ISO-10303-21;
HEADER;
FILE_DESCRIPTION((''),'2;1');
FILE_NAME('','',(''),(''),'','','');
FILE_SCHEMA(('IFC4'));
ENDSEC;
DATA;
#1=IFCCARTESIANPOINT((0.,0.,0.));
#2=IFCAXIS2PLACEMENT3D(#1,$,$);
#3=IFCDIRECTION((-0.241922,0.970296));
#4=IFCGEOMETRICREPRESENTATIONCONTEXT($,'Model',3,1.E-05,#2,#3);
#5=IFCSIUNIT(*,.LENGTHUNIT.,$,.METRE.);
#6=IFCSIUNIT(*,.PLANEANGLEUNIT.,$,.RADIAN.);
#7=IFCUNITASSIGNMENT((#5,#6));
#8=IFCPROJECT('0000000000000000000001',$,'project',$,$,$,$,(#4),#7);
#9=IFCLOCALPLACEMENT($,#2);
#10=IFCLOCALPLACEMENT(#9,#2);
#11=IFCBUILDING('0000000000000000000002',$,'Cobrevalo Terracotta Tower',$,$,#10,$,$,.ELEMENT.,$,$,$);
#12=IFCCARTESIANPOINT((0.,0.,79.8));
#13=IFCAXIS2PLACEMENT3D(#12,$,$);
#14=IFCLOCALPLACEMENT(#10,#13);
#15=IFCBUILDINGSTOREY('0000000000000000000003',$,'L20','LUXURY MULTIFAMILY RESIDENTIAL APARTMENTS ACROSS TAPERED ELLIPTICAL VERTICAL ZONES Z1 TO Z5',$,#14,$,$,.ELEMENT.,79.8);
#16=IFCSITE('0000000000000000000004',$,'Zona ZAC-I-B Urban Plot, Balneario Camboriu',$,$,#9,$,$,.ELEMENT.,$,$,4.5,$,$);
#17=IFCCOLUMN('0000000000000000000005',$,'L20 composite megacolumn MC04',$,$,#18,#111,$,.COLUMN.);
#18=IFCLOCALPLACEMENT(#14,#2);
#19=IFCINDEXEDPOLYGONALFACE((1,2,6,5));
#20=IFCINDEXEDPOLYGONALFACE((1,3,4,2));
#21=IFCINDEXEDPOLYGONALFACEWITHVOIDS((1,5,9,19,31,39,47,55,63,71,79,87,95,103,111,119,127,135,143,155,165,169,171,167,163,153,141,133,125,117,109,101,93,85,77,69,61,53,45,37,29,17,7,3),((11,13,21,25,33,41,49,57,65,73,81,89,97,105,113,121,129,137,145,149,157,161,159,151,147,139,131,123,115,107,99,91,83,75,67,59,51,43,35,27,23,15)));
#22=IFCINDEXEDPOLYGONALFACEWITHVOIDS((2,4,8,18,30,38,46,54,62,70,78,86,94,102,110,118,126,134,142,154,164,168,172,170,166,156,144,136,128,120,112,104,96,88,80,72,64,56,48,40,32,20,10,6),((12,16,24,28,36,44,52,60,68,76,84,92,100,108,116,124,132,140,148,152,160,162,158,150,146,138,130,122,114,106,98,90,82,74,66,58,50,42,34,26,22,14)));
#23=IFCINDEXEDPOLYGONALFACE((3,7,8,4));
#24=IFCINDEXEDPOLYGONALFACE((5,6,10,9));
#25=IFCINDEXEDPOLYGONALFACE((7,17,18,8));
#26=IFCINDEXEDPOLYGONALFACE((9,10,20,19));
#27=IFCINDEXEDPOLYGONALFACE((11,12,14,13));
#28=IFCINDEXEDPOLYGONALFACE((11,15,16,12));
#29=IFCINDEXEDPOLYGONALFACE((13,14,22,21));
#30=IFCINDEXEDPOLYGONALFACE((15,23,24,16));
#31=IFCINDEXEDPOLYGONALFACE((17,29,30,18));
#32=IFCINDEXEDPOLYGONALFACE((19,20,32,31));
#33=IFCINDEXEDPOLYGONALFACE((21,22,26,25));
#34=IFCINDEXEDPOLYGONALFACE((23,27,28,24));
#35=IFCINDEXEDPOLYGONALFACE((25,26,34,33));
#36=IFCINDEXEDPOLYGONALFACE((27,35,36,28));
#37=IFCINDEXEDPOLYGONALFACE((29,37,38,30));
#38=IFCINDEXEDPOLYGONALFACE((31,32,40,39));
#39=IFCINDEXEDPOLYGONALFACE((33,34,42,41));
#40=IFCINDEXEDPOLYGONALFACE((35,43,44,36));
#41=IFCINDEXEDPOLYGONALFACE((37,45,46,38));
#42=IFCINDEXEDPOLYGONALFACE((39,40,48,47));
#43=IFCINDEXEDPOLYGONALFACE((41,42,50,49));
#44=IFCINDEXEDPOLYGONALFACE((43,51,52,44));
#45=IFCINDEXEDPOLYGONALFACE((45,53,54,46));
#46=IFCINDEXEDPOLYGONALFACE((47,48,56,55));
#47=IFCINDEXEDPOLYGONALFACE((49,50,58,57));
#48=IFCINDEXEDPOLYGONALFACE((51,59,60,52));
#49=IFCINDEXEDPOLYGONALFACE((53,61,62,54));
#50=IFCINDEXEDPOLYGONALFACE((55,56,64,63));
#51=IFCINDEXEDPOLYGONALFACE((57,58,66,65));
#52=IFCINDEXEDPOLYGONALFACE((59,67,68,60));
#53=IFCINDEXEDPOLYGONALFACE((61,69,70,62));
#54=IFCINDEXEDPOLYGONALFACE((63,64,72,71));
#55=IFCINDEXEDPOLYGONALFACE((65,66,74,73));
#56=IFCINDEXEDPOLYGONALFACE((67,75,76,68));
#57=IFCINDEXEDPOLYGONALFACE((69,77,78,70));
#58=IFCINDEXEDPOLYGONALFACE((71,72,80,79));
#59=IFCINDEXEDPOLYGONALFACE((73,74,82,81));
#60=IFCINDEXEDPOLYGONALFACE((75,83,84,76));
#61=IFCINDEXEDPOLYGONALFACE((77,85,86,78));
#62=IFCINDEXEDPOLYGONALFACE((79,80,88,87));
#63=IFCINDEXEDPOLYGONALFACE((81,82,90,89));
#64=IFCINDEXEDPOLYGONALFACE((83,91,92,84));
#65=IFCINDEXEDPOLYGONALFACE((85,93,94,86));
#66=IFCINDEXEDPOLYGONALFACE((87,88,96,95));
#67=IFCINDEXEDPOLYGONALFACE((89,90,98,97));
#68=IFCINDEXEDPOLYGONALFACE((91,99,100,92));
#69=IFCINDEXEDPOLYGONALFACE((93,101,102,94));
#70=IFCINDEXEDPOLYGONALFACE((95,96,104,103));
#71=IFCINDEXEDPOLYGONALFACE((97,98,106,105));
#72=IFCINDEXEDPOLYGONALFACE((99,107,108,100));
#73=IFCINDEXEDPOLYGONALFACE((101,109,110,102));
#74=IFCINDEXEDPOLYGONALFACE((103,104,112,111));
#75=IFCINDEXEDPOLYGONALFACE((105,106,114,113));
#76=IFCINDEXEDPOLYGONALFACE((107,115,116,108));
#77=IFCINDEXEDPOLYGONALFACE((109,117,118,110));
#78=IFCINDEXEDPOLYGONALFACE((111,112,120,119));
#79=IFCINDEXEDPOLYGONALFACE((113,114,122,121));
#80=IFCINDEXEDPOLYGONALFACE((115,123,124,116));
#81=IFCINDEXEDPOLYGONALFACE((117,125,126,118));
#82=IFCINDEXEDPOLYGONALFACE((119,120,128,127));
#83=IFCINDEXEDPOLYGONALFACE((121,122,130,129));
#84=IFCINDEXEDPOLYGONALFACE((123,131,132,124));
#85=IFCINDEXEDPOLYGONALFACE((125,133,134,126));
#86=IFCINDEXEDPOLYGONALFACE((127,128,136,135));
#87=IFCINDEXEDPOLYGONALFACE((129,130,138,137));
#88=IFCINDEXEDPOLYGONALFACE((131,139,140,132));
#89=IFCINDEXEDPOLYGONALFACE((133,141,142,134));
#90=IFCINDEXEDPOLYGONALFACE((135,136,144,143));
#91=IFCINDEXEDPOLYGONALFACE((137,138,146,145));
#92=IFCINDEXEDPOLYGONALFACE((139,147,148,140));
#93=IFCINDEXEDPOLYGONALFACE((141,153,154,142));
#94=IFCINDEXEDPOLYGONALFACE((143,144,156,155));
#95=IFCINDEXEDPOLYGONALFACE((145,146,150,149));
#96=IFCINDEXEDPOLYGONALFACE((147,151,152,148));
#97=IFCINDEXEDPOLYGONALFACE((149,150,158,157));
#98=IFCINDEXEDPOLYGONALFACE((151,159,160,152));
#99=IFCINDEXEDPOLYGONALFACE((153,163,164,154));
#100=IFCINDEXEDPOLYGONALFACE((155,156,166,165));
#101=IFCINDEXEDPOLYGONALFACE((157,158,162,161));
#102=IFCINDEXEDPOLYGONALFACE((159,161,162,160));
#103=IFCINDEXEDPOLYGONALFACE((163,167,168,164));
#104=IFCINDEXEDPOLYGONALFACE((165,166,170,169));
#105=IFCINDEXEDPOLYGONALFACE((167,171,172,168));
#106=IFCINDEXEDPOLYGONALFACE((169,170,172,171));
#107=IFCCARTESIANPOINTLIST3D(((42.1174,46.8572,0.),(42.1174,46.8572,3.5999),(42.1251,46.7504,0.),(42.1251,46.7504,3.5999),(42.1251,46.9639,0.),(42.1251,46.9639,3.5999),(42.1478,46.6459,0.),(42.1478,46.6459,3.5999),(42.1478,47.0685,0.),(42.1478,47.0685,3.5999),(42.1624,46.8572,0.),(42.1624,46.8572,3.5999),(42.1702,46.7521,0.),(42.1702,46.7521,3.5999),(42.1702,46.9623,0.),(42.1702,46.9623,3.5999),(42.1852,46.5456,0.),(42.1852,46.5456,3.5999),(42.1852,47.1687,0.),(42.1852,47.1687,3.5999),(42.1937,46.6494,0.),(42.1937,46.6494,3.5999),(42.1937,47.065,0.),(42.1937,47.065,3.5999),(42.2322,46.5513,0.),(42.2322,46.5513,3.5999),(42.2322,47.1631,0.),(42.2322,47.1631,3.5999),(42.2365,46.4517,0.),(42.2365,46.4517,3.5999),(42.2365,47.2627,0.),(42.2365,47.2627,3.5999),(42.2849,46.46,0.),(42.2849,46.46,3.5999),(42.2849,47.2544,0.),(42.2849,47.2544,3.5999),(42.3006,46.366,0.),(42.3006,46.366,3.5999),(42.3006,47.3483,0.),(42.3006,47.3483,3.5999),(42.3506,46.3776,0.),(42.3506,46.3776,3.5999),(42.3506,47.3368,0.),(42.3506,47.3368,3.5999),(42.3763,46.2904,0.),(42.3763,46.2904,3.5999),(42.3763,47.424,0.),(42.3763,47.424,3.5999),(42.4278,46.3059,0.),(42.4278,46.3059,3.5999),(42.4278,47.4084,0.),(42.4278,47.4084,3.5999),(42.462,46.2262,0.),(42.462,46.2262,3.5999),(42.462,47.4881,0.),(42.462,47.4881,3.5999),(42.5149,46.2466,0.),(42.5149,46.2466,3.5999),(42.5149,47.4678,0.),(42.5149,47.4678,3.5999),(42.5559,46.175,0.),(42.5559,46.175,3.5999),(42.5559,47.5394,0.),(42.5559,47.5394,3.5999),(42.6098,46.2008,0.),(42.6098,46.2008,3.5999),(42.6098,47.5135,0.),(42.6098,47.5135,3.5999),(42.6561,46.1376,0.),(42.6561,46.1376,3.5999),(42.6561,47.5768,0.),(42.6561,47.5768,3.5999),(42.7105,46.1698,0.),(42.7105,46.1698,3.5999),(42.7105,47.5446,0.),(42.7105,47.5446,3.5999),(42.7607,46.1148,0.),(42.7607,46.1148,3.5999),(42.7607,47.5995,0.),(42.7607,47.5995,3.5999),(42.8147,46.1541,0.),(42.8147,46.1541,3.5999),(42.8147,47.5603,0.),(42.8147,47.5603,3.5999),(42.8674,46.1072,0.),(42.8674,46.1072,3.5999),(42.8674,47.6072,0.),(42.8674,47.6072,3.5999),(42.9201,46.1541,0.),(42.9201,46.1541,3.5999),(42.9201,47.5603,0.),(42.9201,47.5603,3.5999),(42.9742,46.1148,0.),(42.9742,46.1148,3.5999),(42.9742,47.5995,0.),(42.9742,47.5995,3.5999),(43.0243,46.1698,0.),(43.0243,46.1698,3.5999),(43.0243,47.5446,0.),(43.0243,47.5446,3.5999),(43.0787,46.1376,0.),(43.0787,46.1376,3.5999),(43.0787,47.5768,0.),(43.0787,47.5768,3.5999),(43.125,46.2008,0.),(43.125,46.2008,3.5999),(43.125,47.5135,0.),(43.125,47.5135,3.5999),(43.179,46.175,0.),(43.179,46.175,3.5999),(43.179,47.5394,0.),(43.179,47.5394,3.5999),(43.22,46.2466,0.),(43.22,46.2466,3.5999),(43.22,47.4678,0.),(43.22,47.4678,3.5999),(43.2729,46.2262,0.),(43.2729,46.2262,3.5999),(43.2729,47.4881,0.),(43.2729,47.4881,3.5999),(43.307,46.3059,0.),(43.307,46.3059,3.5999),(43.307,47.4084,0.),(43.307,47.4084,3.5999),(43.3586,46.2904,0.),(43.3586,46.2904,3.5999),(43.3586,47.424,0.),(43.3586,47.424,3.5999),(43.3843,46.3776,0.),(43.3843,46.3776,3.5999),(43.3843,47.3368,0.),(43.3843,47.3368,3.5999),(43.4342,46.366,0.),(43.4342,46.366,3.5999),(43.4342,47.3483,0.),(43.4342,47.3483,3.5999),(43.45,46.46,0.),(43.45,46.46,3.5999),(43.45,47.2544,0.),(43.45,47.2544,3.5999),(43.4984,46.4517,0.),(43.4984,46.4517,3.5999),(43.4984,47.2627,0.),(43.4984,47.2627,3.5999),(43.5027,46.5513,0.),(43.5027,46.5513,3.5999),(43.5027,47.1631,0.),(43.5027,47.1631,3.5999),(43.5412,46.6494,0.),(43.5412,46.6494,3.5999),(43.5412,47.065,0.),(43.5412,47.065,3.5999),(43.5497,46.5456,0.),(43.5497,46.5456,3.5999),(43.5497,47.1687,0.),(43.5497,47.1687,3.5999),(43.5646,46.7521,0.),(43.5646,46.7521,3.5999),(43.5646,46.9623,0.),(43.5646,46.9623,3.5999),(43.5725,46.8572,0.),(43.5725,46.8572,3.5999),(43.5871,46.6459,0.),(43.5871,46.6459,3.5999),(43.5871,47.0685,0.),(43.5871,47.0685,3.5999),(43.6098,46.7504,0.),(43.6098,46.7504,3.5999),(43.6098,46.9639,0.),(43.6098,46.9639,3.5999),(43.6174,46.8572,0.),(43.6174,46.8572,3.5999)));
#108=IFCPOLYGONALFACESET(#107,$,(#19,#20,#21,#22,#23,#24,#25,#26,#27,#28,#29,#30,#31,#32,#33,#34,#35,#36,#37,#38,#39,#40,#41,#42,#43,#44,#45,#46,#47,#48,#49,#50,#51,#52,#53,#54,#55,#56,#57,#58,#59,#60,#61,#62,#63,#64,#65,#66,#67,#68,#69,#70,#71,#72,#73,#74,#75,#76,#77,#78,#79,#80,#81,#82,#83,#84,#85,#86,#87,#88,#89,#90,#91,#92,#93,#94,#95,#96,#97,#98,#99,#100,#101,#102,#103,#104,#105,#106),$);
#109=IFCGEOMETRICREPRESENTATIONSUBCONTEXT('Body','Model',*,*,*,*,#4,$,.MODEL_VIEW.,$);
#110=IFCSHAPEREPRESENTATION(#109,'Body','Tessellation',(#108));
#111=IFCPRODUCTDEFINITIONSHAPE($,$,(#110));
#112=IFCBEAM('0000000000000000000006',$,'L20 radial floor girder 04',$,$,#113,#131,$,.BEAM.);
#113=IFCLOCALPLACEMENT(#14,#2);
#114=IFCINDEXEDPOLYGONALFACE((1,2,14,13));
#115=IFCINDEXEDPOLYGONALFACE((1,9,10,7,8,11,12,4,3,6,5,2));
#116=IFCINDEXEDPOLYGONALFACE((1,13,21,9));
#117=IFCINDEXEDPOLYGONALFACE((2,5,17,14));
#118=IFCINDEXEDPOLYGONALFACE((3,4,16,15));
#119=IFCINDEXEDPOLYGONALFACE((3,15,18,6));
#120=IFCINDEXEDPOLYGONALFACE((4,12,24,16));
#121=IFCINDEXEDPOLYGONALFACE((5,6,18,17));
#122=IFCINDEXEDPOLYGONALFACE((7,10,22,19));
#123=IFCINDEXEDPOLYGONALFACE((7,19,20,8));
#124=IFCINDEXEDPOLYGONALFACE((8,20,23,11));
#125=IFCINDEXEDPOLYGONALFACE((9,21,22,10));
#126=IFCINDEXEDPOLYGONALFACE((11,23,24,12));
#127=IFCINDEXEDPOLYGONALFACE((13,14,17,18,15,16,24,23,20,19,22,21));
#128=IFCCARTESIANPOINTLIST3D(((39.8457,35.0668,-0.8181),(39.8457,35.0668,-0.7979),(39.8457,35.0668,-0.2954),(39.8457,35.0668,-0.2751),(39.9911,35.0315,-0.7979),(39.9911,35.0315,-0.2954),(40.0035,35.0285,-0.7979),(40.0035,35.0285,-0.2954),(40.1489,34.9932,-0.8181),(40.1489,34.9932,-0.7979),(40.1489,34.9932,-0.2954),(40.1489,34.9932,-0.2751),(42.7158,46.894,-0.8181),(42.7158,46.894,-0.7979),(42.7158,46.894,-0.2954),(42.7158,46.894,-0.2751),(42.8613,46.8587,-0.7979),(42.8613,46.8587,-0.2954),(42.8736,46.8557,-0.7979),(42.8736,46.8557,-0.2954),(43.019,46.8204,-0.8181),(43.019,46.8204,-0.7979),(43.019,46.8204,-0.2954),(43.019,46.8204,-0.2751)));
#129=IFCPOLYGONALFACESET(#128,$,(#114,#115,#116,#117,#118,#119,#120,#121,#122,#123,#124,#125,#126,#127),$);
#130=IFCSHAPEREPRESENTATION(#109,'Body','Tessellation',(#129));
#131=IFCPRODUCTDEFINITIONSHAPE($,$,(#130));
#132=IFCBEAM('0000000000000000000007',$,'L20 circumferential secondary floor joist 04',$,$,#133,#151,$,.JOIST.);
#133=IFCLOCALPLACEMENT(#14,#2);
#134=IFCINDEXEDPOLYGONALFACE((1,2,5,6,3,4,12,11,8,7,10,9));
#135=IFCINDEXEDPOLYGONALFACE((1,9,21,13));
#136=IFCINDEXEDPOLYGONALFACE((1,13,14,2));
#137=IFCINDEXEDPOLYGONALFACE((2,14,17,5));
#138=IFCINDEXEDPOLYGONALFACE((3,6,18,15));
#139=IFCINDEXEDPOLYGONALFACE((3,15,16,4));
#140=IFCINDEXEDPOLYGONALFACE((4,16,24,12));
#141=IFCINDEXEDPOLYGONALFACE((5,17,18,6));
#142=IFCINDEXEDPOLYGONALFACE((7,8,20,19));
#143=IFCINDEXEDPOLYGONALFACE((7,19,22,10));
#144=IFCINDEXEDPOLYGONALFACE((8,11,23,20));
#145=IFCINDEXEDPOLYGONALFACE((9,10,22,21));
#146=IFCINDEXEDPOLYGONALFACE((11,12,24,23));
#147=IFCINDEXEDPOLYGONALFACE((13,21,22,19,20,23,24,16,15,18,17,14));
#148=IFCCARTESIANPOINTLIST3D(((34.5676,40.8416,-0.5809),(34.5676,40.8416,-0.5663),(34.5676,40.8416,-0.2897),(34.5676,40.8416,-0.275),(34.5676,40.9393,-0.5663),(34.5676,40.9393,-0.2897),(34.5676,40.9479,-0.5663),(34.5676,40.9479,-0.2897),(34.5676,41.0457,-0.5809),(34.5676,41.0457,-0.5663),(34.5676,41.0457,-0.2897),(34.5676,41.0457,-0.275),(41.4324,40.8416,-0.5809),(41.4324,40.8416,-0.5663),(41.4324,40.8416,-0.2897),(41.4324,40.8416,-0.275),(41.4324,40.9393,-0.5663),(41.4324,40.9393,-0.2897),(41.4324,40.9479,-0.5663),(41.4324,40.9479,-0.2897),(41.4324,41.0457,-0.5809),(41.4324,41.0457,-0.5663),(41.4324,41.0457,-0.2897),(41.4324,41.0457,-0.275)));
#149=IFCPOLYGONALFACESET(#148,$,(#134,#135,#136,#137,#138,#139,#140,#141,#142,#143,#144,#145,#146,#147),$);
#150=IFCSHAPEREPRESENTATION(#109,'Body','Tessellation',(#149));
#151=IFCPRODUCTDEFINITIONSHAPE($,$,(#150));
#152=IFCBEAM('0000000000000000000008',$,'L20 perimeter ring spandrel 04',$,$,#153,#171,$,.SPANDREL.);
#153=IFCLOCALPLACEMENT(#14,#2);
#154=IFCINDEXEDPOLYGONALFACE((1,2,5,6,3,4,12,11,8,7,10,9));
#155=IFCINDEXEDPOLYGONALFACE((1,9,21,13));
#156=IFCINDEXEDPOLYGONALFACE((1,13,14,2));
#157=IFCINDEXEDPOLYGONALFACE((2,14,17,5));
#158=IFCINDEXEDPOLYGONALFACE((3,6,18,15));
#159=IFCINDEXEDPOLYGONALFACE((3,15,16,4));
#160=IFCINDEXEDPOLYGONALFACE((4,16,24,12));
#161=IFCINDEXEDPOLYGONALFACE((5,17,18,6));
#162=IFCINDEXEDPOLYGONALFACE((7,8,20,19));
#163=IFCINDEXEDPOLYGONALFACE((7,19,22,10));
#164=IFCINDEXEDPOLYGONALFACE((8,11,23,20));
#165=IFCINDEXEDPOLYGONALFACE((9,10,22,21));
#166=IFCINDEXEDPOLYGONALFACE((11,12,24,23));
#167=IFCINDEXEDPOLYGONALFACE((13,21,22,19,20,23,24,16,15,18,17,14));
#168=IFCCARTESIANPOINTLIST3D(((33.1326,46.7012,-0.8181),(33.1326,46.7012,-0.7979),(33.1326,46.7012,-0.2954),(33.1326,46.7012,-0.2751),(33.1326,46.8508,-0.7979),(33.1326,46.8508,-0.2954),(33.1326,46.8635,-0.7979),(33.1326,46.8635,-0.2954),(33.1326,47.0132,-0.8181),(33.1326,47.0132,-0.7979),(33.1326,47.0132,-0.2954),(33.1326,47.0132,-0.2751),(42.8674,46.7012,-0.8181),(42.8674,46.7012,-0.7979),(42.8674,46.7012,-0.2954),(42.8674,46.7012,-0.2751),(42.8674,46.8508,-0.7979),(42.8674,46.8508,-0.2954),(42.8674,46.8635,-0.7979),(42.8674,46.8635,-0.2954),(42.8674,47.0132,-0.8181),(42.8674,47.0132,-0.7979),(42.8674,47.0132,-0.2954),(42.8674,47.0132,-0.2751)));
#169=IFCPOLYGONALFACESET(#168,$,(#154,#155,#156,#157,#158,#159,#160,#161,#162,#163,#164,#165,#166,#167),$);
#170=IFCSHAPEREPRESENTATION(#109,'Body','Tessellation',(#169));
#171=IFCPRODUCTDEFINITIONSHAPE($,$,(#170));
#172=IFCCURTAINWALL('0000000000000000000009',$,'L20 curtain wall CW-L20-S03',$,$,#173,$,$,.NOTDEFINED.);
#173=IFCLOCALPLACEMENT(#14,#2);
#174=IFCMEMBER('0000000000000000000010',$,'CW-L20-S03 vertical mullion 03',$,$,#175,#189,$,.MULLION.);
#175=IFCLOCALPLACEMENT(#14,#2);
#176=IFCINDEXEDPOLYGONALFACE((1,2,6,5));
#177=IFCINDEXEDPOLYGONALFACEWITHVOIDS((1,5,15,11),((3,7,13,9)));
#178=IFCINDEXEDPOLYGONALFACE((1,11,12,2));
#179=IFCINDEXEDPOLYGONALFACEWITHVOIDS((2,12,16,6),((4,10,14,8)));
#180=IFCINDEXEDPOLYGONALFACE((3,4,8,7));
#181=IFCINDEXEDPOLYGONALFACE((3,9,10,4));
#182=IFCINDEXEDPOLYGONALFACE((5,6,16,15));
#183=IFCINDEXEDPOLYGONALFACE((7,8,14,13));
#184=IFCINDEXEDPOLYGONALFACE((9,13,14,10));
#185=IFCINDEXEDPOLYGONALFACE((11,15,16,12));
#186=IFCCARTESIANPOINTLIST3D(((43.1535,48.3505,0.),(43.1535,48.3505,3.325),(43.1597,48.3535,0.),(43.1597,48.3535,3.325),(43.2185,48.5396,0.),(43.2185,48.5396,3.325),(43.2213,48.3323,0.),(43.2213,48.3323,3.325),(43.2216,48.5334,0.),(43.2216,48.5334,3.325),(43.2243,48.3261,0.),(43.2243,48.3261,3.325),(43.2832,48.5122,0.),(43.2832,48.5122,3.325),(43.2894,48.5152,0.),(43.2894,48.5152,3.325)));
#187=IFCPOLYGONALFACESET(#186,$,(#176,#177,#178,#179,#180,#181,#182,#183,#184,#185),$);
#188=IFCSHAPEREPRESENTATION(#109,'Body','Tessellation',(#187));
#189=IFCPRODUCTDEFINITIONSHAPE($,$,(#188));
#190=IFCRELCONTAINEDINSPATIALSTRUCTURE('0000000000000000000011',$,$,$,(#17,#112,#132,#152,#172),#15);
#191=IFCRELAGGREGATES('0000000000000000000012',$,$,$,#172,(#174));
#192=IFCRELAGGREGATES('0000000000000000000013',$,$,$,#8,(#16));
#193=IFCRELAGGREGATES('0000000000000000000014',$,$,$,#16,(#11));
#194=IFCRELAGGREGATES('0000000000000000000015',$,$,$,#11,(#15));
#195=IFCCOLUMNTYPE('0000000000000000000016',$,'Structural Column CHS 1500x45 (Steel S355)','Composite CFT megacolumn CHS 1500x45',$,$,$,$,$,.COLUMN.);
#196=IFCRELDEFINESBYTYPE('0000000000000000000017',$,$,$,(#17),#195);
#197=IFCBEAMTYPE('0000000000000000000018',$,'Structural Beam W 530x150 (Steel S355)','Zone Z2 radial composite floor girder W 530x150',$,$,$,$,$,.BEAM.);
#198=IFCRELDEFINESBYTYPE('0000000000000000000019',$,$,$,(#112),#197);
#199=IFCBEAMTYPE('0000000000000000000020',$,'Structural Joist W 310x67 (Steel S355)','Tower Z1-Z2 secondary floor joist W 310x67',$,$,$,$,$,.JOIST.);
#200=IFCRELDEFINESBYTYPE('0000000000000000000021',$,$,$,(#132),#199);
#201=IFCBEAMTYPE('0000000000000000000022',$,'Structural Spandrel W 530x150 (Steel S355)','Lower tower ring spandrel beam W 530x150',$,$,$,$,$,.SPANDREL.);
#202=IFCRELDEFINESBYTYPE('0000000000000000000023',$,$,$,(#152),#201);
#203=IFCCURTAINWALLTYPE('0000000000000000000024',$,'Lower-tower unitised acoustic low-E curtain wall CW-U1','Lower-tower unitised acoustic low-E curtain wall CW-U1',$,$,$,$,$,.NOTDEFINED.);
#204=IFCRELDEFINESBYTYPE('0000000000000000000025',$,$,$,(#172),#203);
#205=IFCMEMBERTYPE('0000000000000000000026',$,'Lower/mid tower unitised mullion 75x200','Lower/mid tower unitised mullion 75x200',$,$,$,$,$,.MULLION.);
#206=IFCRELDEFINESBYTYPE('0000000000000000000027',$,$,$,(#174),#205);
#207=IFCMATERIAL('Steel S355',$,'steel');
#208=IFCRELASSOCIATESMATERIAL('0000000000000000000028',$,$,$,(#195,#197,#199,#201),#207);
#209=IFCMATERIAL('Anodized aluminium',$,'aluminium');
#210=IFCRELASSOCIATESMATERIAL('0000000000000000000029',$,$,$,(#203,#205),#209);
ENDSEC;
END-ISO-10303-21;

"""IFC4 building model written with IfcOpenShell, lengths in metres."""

from ifc_helpers import new_model, si_unit, direction, frame, origin, origin_2d, place, context, subcontext, project, spatial, hollow_rectangle, hollow_circle, i_section, extrude, source, transform, mapped, material, material_profile, profile_set, type_object, element, aggregate, save


model = new_model("IFC4")

# Units and contexts
model_context = context("Model", 3, precision=1e-05, world=origin(), true_north=direction((-0.241922, 0.970296)))
body_context = subcontext(model_context, "Body", "Model", "MODEL_VIEW")
ifc_project = project(units=[si_unit("LENGTHUNIT", "METRE"), si_unit("PLANEANGLEUNIT", "RADIAN")], contexts=[model_context])

# Site, building, storey
site_placement = place(None, origin())
site = spatial("IfcSite", under=ifc_project, at=site_placement, Name="Zona ZAC-I-B Urban Plot, Balneario Camboriu", CompositionType="ELEMENT", RefElevation=4.5)
building_placement = place(site_placement, origin())
building = spatial("IfcBuilding", under=site, at=building_placement, Name="Cobrevalo Terracotta Tower", CompositionType="ELEMENT")
storey_placement = place(building_placement, frame((0.0, 0.0, 79.8)))
storey = spatial("IfcBuildingStorey", under=building, at=storey_placement, Name="L20", Description="LUXURY MULTIFAMILY RESIDENTIAL APARTMENTS ACROSS TAPERED ELLIPTICAL VERTICAL ZONES Z1 TO Z5", CompositionType="ELEMENT", Elevation=79.8)

# Column
ifc_material_1 = material(Name="Steel S355", Category="steel")
ifc_material_profile_1 = material_profile(ifc_material_1, hollow_circle(Radius=0.75, WallThickness=0.0449, at=origin_2d()), Name="CHS 1500x45")
ifc_profile_set_1 = profile_set([ifc_material_profile_1], Name="Steel S355")
column_type = type_object("IfcColumnType", Name="Structural Column CHS 1500x45 (Steel S355)", Description="Composite CFT megacolumn CHS 1500x45", PredefinedType="COLUMN", material=ifc_profile_set_1)
column_placement = place(storey_placement, frame((42.8674, 46.8572, 0.0), z_axis=(0.0, 0.0, 1.0), x_axis=(1.0, 0.0, 0.0)))
element("IfcColumn", 1, at=column_placement, inside=storey, type_object=column_type, Name="L20 composite megacolumn MC04", PredefinedType="COLUMN", context=body_context, shape_type="SweptSolid", body=[
    extrude(hollow_circle(Radius=0.75, WallThickness=0.0449, at=origin_2d()), origin(), (0.0, 0.0, 1.0), 3.5999),
])

# Beams
ifc_material_profile_2 = material_profile(ifc_material_1, i_section(OverallWidth=0.312, OverallDepth=0.543, WebThickness=0.0127, FlangeThickness=0.0203, at=origin_2d()), Name="W 530x150")
ifc_profile_set_2 = profile_set([ifc_material_profile_2], Name="Steel S355")
beam_type_1 = type_object("IfcBeamType", Name="Structural Beam W 530x150 (Steel S355)", Description="Zone Z2 radial composite floor girder W 530x150", PredefinedType="BEAM", material=ifc_profile_set_2)
beam_1_placement = place(storey_placement, frame((42.8674, 46.8572, -0.5466), z_axis=(-0.235827, -0.971795, 0.0), x_axis=(0.971795, -0.235827, 0.0)))
element("IfcBeam", 2, at=beam_1_placement, inside=storey, type_object=beam_type_1, Name="L20 radial floor girder 04", PredefinedType="BEAM", context=body_context, shape_type="SweptSolid", body=[
    extrude(i_section(OverallWidth=0.312, OverallDepth=0.543, WebThickness=0.0127, FlangeThickness=0.0203, at=origin_2d()), origin(), (0.0, 0.0, 1.0), 12.1704),
])
ifc_material_profile_3 = material_profile(ifc_material_1, i_section(OverallWidth=0.2041, OverallDepth=0.3059, WebThickness=0.0085, FlangeThickness=0.0146, at=origin_2d()), Name="W 310x67")
ifc_profile_set_3 = profile_set([ifc_material_profile_3], Name="Steel S355")
beam_type_2 = type_object("IfcBeamType", Name="Structural Joist W 310x67 (Steel S355)", Description="Tower Z1-Z2 secondary floor joist W 310x67", PredefinedType="JOIST", material=ifc_profile_set_3)
beam_2_placement = place(storey_placement, frame((41.4324, 40.9436, -0.428), z_axis=(-1.0, 0.0, 0.0), x_axis=(0.0, -1.0, 0.0)))
element("IfcBeam", 3, at=beam_2_placement, inside=storey, type_object=beam_type_2, Name="L20 circumferential secondary floor joist 04", PredefinedType="JOIST", context=body_context, shape_type="SweptSolid", body=[
    extrude(i_section(OverallWidth=0.2041, OverallDepth=0.3059, WebThickness=0.0085, FlangeThickness=0.0146, at=origin_2d()), origin(), (0.0, 0.0, 1.0), 6.8647),
])
ifc_material_profile_4 = material_profile(ifc_material_1, i_section(OverallWidth=0.312, OverallDepth=0.543, WebThickness=0.0127, FlangeThickness=0.0203, at=origin_2d()), Name="W 530x150")
ifc_profile_set_4 = profile_set([ifc_material_profile_4], Name="Steel S355")
beam_type_3 = type_object("IfcBeamType", Name="Structural Spandrel W 530x150 (Steel S355)", Description="Lower tower ring spandrel beam W 530x150", PredefinedType="SPANDREL", material=ifc_profile_set_4)
beam_3_placement = place(storey_placement, frame((42.8674, 46.8572, -0.5466), z_axis=(-1.0, 0.0, 0.0), x_axis=(0.0, -1.0, 0.0)))
element("IfcBeam", 4, at=beam_3_placement, inside=storey, type_object=beam_type_3, Name="L20 perimeter ring spandrel 04", PredefinedType="SPANDREL", context=body_context, shape_type="SweptSolid", body=[
    extrude(i_section(OverallWidth=0.312, OverallDepth=0.543, WebThickness=0.0127, FlangeThickness=0.0203, at=origin_2d()), origin(), (0.0, 0.0, 1.0), 9.7349),
])

# Curtain wall, member
ifc_material_2 = material(Name="Anodized aluminium", Category="aluminium")
curtain_wall_type = type_object("IfcCurtainWallType", Name="Lower-tower unitised acoustic low-E curtain wall CW-U1", Description="Lower-tower unitised acoustic low-E curtain wall CW-U1", PredefinedType="NOTDEFINED", material=ifc_material_2)
curtain_wall_1_placement = place(storey_placement, origin())
curtain_wall_1 = element("IfcCurtainWall", 5, at=curtain_wall_1_placement, inside=storey, type_object=curtain_wall_type, Name="L20 curtain wall CW-L20-S03", PredefinedType="NOTDEFINED")
ifc_material_profile_5 = material_profile(ifc_material_2, hollow_rectangle(XDim=0.075, YDim=0.2, WallThickness=0.0049, at=origin_2d()), Name="CWM 75x200")
ifc_profile_set_5 = profile_set([ifc_material_profile_5], Name="Anodized aluminium")
member_type_1 = type_object("IfcMemberType", Name="Lower/mid tower unitised mullion 75x200", Description="Lower/mid tower unitised mullion 75x200", PredefinedType="MULLION", material=ifc_profile_set_5)
shared_shape_1 = source(origin(), body_context, "Body", "SweptSolid", [
    extrude(hollow_rectangle(XDim=0.075, YDim=0.2, WallThickness=0.0049, at=origin_2d()), origin(), (0.0, 0.0, 1.0), 3.325),
])
member_1_placement = place(storey_placement, frame((43.2214, 48.4329, 0.0), z_axis=(0.0, 0.0, 1.0), x_axis=(-0.945598, 0.325337, 0.0)))
member_1 = element("IfcMember", 6, at=member_1_placement, type_object=member_type_1, Name="CW-L20-S03 vertical mullion 03", PredefinedType="MULLION", context=body_context, shape_type="MappedRepresentation", body=[
    mapped(shared_shape_1, transform((0.0, 0.0, 0.0), scale=1.0)),
])

aggregate(curtain_wall_1, [member_1])

save(model, "model.ifc")
